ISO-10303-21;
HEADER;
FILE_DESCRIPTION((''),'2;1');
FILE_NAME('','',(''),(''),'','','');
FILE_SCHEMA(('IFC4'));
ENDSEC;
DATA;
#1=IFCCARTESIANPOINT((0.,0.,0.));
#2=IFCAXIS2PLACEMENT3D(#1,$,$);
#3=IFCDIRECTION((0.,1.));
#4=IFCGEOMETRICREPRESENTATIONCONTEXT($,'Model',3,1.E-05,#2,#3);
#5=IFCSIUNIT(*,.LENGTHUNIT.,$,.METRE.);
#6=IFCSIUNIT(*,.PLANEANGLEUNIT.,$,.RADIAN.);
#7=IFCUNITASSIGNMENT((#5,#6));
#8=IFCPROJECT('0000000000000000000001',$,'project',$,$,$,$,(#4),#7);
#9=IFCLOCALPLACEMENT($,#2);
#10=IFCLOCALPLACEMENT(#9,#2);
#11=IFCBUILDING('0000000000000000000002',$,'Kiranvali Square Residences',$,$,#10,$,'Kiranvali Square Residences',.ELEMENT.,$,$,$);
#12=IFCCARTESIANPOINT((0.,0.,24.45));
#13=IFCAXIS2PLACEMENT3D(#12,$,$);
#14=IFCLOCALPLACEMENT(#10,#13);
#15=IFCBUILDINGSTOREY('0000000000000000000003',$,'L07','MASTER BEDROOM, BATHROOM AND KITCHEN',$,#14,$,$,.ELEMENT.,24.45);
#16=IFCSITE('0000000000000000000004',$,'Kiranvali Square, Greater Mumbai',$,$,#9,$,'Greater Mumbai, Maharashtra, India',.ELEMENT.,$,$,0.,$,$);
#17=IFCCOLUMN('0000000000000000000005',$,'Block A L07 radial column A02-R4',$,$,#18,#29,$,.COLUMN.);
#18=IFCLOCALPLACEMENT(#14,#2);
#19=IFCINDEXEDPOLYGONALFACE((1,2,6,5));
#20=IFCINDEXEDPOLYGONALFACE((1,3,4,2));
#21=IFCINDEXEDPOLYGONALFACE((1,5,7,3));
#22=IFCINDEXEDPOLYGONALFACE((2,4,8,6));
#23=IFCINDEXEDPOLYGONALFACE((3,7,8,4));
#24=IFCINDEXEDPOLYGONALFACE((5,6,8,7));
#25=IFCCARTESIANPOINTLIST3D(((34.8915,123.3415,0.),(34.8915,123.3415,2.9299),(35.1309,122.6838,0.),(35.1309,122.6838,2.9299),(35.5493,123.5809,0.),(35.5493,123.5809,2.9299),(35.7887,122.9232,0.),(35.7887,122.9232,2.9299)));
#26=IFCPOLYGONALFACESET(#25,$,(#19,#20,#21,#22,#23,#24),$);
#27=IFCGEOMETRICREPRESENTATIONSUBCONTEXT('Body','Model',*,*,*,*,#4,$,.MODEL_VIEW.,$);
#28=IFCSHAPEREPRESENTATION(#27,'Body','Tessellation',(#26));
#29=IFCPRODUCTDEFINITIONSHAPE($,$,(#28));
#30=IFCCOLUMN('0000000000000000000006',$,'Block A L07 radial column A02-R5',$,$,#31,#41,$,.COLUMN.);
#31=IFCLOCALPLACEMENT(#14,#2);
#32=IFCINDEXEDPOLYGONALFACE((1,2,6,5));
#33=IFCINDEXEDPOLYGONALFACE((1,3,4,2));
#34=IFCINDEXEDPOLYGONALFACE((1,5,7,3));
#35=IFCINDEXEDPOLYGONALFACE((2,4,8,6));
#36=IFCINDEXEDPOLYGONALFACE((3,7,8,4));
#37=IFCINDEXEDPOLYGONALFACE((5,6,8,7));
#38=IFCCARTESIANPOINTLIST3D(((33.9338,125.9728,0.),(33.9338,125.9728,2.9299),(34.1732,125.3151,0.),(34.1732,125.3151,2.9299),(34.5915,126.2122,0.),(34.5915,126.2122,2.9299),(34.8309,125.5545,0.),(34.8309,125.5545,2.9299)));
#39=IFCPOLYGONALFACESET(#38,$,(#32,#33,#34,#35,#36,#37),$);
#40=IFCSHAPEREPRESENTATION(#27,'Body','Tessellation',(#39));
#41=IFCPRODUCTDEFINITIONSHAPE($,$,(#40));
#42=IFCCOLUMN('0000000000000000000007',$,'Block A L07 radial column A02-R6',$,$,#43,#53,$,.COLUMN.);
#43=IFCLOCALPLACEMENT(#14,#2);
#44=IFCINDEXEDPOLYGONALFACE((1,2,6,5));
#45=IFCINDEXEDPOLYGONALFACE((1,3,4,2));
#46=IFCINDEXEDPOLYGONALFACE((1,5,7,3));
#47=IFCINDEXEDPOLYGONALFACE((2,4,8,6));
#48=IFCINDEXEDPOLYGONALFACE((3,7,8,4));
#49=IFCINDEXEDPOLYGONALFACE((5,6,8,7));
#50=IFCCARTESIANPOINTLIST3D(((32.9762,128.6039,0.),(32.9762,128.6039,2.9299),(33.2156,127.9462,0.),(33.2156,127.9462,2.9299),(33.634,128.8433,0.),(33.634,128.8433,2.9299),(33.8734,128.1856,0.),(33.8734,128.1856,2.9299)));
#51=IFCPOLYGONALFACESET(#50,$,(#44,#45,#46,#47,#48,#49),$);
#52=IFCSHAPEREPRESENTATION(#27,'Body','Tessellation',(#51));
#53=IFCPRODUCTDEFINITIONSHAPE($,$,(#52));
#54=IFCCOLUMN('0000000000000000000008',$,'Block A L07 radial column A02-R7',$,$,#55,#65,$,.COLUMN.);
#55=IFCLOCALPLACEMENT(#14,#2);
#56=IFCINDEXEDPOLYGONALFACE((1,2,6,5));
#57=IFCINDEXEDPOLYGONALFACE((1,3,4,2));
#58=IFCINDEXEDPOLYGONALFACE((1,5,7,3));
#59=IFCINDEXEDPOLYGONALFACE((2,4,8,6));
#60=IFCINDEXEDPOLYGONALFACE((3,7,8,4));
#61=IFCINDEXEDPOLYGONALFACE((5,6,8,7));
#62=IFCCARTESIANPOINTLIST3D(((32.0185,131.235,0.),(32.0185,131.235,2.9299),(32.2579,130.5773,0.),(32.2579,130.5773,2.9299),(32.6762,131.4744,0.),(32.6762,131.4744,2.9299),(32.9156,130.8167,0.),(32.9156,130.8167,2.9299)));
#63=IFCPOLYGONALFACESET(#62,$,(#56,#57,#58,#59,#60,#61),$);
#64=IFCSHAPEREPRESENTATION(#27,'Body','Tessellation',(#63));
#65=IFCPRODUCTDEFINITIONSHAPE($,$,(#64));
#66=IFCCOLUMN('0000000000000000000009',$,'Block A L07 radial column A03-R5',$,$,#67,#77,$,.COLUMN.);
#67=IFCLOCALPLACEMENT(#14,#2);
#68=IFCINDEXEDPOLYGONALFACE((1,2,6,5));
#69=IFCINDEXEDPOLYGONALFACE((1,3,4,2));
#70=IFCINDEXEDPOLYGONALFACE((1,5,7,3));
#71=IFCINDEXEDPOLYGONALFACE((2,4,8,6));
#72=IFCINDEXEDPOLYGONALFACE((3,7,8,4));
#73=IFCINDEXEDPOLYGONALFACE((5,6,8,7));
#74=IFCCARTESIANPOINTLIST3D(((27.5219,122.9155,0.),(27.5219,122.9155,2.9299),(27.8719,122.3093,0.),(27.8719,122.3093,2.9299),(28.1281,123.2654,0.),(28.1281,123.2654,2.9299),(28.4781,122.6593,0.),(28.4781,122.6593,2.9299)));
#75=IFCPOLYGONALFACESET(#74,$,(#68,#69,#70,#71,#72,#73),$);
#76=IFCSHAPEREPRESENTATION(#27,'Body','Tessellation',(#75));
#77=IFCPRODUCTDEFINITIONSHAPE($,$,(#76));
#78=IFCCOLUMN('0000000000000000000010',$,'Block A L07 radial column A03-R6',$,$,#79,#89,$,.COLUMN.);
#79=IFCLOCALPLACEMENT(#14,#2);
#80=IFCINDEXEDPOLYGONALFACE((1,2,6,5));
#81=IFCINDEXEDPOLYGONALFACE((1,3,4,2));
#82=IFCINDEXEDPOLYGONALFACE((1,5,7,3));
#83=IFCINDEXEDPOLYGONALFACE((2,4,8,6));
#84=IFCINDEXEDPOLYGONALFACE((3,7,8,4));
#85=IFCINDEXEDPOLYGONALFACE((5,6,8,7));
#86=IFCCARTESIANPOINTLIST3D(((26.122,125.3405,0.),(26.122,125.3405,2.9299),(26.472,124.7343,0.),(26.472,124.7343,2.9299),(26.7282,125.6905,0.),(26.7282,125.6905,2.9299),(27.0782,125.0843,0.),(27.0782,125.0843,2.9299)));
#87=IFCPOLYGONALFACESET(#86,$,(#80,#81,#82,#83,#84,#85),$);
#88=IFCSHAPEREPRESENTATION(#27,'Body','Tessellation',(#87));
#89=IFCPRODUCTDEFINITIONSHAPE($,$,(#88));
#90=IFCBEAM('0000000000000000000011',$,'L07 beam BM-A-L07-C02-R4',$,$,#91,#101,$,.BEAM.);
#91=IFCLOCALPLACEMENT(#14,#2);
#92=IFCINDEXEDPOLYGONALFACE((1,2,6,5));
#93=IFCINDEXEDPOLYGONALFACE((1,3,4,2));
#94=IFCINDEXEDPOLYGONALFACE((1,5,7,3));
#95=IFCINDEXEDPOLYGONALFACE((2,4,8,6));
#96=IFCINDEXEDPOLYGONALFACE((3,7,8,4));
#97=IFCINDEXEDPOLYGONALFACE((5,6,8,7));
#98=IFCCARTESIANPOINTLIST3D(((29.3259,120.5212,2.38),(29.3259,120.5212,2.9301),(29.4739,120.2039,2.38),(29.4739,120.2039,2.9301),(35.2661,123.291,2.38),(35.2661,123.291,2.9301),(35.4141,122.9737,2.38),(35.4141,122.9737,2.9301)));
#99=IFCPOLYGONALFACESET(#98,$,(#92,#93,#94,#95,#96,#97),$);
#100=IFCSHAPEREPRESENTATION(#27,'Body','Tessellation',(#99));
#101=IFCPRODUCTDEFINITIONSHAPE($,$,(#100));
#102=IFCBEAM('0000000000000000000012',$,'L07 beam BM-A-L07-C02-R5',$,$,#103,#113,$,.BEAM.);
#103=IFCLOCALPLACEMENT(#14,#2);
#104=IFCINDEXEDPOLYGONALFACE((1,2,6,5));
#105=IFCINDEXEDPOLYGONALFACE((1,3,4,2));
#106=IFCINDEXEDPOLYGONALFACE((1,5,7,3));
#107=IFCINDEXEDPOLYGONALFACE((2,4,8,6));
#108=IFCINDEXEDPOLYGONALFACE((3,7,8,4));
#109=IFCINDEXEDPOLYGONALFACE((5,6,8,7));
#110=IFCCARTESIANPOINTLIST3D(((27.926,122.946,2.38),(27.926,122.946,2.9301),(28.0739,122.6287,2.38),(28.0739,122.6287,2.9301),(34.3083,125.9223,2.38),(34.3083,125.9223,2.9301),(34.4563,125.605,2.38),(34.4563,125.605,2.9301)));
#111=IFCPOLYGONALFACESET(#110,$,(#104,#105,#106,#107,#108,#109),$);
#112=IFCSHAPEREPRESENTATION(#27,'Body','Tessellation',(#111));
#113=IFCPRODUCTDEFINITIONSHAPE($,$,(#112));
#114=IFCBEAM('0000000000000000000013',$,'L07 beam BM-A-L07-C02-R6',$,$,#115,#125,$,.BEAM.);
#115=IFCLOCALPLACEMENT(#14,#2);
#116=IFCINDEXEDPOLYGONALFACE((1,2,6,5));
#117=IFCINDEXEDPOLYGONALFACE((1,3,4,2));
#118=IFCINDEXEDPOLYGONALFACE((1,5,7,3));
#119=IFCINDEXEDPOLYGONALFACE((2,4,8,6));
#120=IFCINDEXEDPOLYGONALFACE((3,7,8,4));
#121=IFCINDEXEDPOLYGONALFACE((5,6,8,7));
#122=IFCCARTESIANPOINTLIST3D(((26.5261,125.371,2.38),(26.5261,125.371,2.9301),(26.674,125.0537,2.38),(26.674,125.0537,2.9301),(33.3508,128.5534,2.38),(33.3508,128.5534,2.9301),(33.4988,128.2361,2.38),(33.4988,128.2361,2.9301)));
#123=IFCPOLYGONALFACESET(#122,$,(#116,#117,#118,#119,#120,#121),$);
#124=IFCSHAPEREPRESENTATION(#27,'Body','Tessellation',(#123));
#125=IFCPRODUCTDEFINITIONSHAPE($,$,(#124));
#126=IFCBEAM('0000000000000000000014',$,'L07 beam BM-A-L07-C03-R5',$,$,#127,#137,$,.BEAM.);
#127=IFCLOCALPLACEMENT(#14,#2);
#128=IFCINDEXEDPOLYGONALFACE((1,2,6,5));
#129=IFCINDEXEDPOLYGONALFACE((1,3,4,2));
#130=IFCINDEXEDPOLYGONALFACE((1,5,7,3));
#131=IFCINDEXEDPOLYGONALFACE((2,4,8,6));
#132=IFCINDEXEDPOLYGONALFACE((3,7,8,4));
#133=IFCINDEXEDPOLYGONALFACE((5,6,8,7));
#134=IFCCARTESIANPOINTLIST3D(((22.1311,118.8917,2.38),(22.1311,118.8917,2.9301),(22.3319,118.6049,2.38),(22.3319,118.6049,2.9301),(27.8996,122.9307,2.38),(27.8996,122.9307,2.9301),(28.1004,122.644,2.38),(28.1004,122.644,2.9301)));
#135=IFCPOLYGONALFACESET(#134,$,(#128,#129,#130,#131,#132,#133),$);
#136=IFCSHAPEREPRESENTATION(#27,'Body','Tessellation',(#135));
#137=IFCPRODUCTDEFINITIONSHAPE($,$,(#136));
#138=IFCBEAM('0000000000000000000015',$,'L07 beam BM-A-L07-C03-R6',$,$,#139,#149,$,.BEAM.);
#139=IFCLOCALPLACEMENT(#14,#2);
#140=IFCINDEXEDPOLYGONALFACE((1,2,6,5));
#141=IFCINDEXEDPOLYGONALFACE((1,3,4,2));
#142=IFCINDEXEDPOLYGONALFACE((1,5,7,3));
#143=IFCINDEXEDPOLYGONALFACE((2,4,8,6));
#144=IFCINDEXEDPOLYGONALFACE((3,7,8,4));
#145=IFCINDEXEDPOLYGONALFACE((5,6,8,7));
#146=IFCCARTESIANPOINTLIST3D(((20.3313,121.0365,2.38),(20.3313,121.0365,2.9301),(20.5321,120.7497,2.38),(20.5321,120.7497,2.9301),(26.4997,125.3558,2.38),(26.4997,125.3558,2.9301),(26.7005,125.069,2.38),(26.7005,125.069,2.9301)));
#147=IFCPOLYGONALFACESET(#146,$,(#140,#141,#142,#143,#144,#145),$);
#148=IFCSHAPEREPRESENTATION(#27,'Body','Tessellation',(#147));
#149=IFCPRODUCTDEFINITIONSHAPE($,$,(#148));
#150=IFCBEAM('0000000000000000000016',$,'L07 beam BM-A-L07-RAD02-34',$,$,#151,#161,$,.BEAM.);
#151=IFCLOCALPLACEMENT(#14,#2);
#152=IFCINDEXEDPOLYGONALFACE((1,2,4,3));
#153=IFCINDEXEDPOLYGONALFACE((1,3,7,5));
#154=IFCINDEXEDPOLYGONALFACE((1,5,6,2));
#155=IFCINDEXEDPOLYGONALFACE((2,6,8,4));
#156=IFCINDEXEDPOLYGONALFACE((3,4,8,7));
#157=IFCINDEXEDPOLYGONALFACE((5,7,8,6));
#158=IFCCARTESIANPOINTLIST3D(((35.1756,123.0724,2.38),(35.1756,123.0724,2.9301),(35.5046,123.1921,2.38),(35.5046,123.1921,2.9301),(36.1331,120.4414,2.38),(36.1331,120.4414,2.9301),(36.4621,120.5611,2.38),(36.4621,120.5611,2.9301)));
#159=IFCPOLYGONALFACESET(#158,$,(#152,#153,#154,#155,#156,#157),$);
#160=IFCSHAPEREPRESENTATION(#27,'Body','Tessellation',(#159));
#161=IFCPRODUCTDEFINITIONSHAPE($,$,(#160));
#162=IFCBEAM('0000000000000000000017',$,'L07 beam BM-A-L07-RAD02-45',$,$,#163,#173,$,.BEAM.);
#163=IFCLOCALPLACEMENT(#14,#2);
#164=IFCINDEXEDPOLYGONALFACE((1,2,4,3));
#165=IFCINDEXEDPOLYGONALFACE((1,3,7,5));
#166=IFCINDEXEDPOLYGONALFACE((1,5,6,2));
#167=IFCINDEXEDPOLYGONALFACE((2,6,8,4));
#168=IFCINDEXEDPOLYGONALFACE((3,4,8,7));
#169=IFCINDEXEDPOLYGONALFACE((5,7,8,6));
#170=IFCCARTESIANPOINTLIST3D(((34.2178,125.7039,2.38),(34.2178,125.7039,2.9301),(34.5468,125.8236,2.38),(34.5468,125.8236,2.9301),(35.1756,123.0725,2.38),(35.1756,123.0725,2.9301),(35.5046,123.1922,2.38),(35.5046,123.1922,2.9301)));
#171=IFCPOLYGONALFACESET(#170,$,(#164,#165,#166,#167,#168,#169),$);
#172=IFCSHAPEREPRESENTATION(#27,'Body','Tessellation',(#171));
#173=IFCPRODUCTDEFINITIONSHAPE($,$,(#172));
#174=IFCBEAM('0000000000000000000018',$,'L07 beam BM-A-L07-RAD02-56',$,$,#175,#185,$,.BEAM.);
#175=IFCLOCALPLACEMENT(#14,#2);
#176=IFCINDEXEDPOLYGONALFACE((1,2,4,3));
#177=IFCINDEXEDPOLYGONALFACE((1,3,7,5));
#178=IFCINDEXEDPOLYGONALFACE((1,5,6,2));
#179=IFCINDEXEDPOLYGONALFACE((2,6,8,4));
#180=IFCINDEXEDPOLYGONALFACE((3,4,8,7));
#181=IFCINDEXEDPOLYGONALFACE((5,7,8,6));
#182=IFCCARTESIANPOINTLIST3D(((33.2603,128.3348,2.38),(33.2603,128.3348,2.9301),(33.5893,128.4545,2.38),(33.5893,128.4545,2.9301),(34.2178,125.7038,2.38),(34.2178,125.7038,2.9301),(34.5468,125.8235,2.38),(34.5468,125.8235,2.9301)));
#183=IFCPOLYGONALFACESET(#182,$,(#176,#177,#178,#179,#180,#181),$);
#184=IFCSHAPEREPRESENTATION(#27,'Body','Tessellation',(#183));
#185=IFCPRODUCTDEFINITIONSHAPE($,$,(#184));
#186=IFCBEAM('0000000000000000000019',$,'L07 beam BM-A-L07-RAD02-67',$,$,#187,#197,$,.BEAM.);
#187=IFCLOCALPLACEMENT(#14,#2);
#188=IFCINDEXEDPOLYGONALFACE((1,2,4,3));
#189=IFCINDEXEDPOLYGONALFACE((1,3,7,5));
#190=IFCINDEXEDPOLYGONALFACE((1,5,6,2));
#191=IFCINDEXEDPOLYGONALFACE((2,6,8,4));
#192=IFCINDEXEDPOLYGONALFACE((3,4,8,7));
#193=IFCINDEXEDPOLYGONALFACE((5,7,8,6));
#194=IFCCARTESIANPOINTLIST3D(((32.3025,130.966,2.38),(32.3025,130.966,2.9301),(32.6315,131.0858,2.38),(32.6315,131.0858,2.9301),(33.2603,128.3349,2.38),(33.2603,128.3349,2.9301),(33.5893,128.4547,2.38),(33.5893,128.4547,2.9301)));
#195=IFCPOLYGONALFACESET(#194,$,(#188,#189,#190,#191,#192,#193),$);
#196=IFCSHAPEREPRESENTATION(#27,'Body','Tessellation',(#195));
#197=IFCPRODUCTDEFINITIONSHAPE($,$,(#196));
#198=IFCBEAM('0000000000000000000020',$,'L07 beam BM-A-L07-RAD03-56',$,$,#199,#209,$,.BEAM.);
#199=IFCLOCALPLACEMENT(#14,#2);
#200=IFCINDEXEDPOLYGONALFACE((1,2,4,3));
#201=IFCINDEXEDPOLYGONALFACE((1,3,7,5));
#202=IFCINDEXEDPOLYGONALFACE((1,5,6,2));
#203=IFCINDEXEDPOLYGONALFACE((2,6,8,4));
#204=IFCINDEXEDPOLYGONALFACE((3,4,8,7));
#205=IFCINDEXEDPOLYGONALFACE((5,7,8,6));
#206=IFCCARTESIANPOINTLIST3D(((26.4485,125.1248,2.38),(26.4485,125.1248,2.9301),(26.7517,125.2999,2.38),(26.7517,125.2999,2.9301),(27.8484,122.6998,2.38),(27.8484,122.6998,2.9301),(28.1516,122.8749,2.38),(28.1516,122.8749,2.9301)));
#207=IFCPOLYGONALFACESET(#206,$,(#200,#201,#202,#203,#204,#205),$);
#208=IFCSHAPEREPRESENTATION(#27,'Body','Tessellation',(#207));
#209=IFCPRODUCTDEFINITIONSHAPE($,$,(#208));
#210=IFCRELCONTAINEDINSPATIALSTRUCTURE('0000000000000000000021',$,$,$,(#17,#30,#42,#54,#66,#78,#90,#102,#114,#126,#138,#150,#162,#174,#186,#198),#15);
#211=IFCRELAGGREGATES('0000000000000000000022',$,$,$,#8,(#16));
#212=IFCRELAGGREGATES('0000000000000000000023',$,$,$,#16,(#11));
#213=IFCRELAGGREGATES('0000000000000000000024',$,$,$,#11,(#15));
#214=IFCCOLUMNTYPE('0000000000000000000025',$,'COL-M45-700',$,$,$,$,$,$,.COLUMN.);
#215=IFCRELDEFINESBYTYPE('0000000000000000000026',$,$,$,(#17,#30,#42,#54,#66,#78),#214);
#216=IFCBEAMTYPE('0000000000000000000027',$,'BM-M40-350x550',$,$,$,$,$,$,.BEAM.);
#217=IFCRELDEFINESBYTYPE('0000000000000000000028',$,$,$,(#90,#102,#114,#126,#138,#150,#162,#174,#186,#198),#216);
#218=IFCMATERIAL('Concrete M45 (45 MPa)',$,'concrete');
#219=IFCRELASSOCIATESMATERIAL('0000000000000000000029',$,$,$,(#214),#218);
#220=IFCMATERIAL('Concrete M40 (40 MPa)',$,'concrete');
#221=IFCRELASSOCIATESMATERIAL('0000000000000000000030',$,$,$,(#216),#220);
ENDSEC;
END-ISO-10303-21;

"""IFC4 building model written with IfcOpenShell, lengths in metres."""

from ifc_helpers import new_model, si_unit, direction, frame, origin, origin_2d, place, context, subcontext, project, spatial, rectangle, extrude, material, material_profile, profile_set, type_object, element, save


model = new_model("IFC4")

# Units and contexts
model_context = context("Model", 3, precision=1e-05, world=origin(), true_north=direction((0.0, 1.0)))
body_context = subcontext(model_context, "Body", "Model", "MODEL_VIEW")
ifc_project = project(units=[si_unit("LENGTHUNIT", "METRE"), si_unit("PLANEANGLEUNIT", "RADIAN")], contexts=[model_context])

# Site, building, storey
site_placement = place(None, origin())
site = spatial("IfcSite", under=ifc_project, at=site_placement, Name="Kiranvali Square, Greater Mumbai", LongName="Greater Mumbai, Maharashtra, India", CompositionType="ELEMENT", RefElevation=0.0)
building_placement = place(site_placement, origin())
building = spatial("IfcBuilding", under=site, at=building_placement, Name="Kiranvali Square Residences", LongName="Kiranvali Square Residences", CompositionType="ELEMENT")
storey_placement = place(building_placement, frame((0.0, 0.0, 24.45)))
storey = spatial("IfcBuildingStorey", under=building, at=storey_placement, Name="L07", Description="MASTER BEDROOM, BATHROOM AND KITCHEN", CompositionType="ELEMENT", Elevation=24.45)

# Columns
ifc_material_1 = material(Name="Concrete M45 (45 MPa)", Category="concrete")
ifc_material_profile_1 = material_profile(ifc_material_1, rectangle(XDim=0.7, YDim=0.7, at=origin_2d()), Name="RC 700x700")
ifc_profile_set_1 = profile_set([ifc_material_profile_1], Name="Concrete M45 (45 MPa)")
column_type = type_object("IfcColumnType", Name="COL-M45-700", PredefinedType="COLUMN", material=ifc_profile_set_1)
for number, where, z_axis, x_axis, name in (
    (1, (35.3401, 123.1323, 0.0), (0.0, 0.0, 1.0), (0.939693, 0.34202, 0.0), "Block A L07 radial column A02-R4"),
    (2, (34.3823, 125.7637, 0.0), (0.0, 0.0, 1.0), (0.939693, 0.34202, 0.0), "Block A L07 radial column A02-R5"),
    (3, (33.4248, 128.3948, 0.0), (0.0, 0.0, 1.0), (0.939693, 0.34202, 0.0), "Block A L07 radial column A02-R6"),
    (4, (32.467, 131.0259, 0.0), (0.0, 0.0, 1.0), (0.939693, 0.34202, 0.0), "Block A L07 radial column A02-R7"),
    (5, (28.0, 122.7874, 0.0), (0.0, 0.0, 1.0), (0.866025, 0.5, 0.0), "Block A L07 radial column A03-R5"),
    (6, (26.6001, 125.2124, 0.0), (0.0, 0.0, 1.0), (0.866025, 0.5, 0.0), "Block A L07 radial column A03-R6"),
):
    element("IfcColumn", number, at=place(storey_placement, frame(where, z_axis=z_axis, x_axis=x_axis)), inside=storey, type_object=column_type, Name=name, PredefinedType="COLUMN", context=body_context, shape_type="SweptSolid", body=[
        extrude(rectangle(XDim=0.7, YDim=0.7, at=origin_2d()), origin(), (0.0, 0.0, 1.0), 2.9299),
    ])

# Beams
ifc_material_2 = material(Name="Concrete M40 (40 MPa)", Category="concrete")
ifc_material_profile_2 = material_profile(ifc_material_2, rectangle(XDim=0.3501, YDim=0.55, at=origin_2d()), Name="RC 350x550")
ifc_profile_set_2 = profile_set([ifc_material_profile_2], Name="Concrete M40 (40 MPa)")
beam_type_1 = type_object("IfcBeamType", Name="BM-M40-350x550", PredefinedType="BEAM", material=ifc_profile_set_2)
beam_1_placement = place(storey_placement, frame((35.3401, 123.1323, 2.655), z_axis=(-0.906318, -0.422596, 0.0), x_axis=(0.422596, -0.906318, 0.0)))
element("IfcBeam", 7, at=beam_1_placement, inside=storey, type_object=beam_type_1, Name="L07 beam BM-A-L07-C02-R4", PredefinedType="BEAM", context=body_context, shape_type="SweptSolid", body=[
    extrude(rectangle(XDim=0.3501, YDim=0.55, at=origin_2d()), origin(), (0.0, 0.0, 1.0), 6.5542),
])
beam_2_placement = place(storey_placement, frame((34.3823, 125.7637, 2.655), z_axis=(-0.906297, -0.422641, 0.0), x_axis=(0.422641, -0.906297, 0.0)))
element("IfcBeam", 8, at=beam_2_placement, inside=storey, type_object=beam_type_1, Name="L07 beam BM-A-L07-C02-R5", PredefinedType="BEAM", context=body_context, shape_type="SweptSolid", body=[
    extrude(rectangle(XDim=0.3501, YDim=0.55, at=origin_2d()), origin(), (0.0, 0.0, 1.0), 7.0422),
])
beam_3_placement = place(storey_placement, frame((33.4248, 128.3948, 2.655), z_axis=(-0.90631, -0.422614, 0.0), x_axis=(0.422614, -0.90631, 0.0)))
element("IfcBeam", 9, at=beam_3_placement, inside=storey, type_object=beam_type_1, Name="L07 beam BM-A-L07-C02-R6", PredefinedType="BEAM", context=body_context, shape_type="SweptSolid", body=[
    extrude(rectangle(XDim=0.3501, YDim=0.55, at=origin_2d()), origin(), (0.0, 0.0, 1.0), 7.5303),
])
beam_4_placement = place(storey_placement, frame((28.0, 122.7874, 2.655), z_axis=(-0.81916, -0.573565, 0.0), x_axis=(0.573565, -0.81916, 0.0)))
element("IfcBeam", 10, at=beam_4_placement, inside=storey, type_object=beam_type_1, Name="L07 beam BM-A-L07-C03-R5", PredefinedType="BEAM", context=body_context, shape_type="SweptSolid", body=[
    extrude(rectangle(XDim=0.3501, YDim=0.55, at=origin_2d()), origin(), (0.0, 0.0, 1.0), 7.042),
])
beam_5_placement = place(storey_placement, frame((26.6001, 125.2124, 2.655), z_axis=(-0.819144, -0.573589, 0.0), x_axis=(0.573589, -0.819144, 0.0)))
element("IfcBeam", 11, at=beam_5_placement, inside=storey, type_object=beam_type_1, Name="L07 beam BM-A-L07-C03-R6", PredefinedType="BEAM", context=body_context, shape_type="SweptSolid", body=[
    extrude(rectangle(XDim=0.3501, YDim=0.55, at=origin_2d()), origin(), (0.0, 0.0, 1.0), 7.5303),
])
beam_6_placement = place(storey_placement, frame((36.2976, 120.5012, 2.655), z_axis=(-0.341981, 0.939707, 0.0), x_axis=(-0.939707, -0.341981, 0.0)))
element("IfcBeam", 12, at=beam_6_placement, inside=storey, type_object=beam_type_1, Name="L07 beam BM-A-L07-RAD02-34", PredefinedType="BEAM", context=body_context, shape_type="SweptSolid", body=[
    extrude(rectangle(XDim=0.3501, YDim=0.55, at=origin_2d()), origin(), (0.0, 0.0, 1.0), 2.7998),
])
beam_7_placement = place(storey_placement, frame((35.3401, 123.1323, 2.655), z_axis=(-0.34203, 0.939689, 0.0), x_axis=(-0.939689, -0.34203, 0.0)))
element("IfcBeam", 13, at=beam_7_placement, inside=storey, type_object=beam_type_1, Name="L07 beam BM-A-L07-RAD02-45", PredefinedType="BEAM", context=body_context, shape_type="SweptSolid", body=[
    extrude(rectangle(XDim=0.3501, YDim=0.55, at=origin_2d()), origin(), (0.0, 0.0, 1.0), 2.8003),
])
beam_8_placement = place(storey_placement, frame((34.3823, 125.7637, 2.655), z_axis=(-0.341981, 0.939707, 0.0), x_axis=(-0.939707, -0.341981, 0.0)))
element("IfcBeam", 14, at=beam_8_placement, inside=storey, type_object=beam_type_1, Name="L07 beam BM-A-L07-RAD02-56", PredefinedType="BEAM", context=body_context, shape_type="SweptSolid", body=[
    extrude(rectangle(XDim=0.3501, YDim=0.55, at=origin_2d()), origin(), (0.0, 0.0, 1.0), 2.7998),
])
for number, where, z_axis, x_axis, name in (
    (15, (33.4248, 128.3948, 2.655), (-0.342058, 0.939679, 0.0), (-0.939679, -0.342058, 0.0), "L07 beam BM-A-L07-RAD02-67"),
    (16, (28.0, 122.7874, 2.655), (-0.499946, 0.866056, 0.0), (-0.866056, -0.499946, 0.0), "L07 beam BM-A-L07-RAD03-56"),
):
    element("IfcBeam", number, at=place(storey_placement, frame(where, z_axis=z_axis, x_axis=x_axis)), inside=storey, type_object=beam_type_1, Name=name, PredefinedType="BEAM", context=body_context, shape_type="SweptSolid", body=[
        extrude(rectangle(XDim=0.3501, YDim=0.55, at=origin_2d()), origin(), (0.0, 0.0, 1.0), 2.8),
    ])

save(model, "model.ifc")
